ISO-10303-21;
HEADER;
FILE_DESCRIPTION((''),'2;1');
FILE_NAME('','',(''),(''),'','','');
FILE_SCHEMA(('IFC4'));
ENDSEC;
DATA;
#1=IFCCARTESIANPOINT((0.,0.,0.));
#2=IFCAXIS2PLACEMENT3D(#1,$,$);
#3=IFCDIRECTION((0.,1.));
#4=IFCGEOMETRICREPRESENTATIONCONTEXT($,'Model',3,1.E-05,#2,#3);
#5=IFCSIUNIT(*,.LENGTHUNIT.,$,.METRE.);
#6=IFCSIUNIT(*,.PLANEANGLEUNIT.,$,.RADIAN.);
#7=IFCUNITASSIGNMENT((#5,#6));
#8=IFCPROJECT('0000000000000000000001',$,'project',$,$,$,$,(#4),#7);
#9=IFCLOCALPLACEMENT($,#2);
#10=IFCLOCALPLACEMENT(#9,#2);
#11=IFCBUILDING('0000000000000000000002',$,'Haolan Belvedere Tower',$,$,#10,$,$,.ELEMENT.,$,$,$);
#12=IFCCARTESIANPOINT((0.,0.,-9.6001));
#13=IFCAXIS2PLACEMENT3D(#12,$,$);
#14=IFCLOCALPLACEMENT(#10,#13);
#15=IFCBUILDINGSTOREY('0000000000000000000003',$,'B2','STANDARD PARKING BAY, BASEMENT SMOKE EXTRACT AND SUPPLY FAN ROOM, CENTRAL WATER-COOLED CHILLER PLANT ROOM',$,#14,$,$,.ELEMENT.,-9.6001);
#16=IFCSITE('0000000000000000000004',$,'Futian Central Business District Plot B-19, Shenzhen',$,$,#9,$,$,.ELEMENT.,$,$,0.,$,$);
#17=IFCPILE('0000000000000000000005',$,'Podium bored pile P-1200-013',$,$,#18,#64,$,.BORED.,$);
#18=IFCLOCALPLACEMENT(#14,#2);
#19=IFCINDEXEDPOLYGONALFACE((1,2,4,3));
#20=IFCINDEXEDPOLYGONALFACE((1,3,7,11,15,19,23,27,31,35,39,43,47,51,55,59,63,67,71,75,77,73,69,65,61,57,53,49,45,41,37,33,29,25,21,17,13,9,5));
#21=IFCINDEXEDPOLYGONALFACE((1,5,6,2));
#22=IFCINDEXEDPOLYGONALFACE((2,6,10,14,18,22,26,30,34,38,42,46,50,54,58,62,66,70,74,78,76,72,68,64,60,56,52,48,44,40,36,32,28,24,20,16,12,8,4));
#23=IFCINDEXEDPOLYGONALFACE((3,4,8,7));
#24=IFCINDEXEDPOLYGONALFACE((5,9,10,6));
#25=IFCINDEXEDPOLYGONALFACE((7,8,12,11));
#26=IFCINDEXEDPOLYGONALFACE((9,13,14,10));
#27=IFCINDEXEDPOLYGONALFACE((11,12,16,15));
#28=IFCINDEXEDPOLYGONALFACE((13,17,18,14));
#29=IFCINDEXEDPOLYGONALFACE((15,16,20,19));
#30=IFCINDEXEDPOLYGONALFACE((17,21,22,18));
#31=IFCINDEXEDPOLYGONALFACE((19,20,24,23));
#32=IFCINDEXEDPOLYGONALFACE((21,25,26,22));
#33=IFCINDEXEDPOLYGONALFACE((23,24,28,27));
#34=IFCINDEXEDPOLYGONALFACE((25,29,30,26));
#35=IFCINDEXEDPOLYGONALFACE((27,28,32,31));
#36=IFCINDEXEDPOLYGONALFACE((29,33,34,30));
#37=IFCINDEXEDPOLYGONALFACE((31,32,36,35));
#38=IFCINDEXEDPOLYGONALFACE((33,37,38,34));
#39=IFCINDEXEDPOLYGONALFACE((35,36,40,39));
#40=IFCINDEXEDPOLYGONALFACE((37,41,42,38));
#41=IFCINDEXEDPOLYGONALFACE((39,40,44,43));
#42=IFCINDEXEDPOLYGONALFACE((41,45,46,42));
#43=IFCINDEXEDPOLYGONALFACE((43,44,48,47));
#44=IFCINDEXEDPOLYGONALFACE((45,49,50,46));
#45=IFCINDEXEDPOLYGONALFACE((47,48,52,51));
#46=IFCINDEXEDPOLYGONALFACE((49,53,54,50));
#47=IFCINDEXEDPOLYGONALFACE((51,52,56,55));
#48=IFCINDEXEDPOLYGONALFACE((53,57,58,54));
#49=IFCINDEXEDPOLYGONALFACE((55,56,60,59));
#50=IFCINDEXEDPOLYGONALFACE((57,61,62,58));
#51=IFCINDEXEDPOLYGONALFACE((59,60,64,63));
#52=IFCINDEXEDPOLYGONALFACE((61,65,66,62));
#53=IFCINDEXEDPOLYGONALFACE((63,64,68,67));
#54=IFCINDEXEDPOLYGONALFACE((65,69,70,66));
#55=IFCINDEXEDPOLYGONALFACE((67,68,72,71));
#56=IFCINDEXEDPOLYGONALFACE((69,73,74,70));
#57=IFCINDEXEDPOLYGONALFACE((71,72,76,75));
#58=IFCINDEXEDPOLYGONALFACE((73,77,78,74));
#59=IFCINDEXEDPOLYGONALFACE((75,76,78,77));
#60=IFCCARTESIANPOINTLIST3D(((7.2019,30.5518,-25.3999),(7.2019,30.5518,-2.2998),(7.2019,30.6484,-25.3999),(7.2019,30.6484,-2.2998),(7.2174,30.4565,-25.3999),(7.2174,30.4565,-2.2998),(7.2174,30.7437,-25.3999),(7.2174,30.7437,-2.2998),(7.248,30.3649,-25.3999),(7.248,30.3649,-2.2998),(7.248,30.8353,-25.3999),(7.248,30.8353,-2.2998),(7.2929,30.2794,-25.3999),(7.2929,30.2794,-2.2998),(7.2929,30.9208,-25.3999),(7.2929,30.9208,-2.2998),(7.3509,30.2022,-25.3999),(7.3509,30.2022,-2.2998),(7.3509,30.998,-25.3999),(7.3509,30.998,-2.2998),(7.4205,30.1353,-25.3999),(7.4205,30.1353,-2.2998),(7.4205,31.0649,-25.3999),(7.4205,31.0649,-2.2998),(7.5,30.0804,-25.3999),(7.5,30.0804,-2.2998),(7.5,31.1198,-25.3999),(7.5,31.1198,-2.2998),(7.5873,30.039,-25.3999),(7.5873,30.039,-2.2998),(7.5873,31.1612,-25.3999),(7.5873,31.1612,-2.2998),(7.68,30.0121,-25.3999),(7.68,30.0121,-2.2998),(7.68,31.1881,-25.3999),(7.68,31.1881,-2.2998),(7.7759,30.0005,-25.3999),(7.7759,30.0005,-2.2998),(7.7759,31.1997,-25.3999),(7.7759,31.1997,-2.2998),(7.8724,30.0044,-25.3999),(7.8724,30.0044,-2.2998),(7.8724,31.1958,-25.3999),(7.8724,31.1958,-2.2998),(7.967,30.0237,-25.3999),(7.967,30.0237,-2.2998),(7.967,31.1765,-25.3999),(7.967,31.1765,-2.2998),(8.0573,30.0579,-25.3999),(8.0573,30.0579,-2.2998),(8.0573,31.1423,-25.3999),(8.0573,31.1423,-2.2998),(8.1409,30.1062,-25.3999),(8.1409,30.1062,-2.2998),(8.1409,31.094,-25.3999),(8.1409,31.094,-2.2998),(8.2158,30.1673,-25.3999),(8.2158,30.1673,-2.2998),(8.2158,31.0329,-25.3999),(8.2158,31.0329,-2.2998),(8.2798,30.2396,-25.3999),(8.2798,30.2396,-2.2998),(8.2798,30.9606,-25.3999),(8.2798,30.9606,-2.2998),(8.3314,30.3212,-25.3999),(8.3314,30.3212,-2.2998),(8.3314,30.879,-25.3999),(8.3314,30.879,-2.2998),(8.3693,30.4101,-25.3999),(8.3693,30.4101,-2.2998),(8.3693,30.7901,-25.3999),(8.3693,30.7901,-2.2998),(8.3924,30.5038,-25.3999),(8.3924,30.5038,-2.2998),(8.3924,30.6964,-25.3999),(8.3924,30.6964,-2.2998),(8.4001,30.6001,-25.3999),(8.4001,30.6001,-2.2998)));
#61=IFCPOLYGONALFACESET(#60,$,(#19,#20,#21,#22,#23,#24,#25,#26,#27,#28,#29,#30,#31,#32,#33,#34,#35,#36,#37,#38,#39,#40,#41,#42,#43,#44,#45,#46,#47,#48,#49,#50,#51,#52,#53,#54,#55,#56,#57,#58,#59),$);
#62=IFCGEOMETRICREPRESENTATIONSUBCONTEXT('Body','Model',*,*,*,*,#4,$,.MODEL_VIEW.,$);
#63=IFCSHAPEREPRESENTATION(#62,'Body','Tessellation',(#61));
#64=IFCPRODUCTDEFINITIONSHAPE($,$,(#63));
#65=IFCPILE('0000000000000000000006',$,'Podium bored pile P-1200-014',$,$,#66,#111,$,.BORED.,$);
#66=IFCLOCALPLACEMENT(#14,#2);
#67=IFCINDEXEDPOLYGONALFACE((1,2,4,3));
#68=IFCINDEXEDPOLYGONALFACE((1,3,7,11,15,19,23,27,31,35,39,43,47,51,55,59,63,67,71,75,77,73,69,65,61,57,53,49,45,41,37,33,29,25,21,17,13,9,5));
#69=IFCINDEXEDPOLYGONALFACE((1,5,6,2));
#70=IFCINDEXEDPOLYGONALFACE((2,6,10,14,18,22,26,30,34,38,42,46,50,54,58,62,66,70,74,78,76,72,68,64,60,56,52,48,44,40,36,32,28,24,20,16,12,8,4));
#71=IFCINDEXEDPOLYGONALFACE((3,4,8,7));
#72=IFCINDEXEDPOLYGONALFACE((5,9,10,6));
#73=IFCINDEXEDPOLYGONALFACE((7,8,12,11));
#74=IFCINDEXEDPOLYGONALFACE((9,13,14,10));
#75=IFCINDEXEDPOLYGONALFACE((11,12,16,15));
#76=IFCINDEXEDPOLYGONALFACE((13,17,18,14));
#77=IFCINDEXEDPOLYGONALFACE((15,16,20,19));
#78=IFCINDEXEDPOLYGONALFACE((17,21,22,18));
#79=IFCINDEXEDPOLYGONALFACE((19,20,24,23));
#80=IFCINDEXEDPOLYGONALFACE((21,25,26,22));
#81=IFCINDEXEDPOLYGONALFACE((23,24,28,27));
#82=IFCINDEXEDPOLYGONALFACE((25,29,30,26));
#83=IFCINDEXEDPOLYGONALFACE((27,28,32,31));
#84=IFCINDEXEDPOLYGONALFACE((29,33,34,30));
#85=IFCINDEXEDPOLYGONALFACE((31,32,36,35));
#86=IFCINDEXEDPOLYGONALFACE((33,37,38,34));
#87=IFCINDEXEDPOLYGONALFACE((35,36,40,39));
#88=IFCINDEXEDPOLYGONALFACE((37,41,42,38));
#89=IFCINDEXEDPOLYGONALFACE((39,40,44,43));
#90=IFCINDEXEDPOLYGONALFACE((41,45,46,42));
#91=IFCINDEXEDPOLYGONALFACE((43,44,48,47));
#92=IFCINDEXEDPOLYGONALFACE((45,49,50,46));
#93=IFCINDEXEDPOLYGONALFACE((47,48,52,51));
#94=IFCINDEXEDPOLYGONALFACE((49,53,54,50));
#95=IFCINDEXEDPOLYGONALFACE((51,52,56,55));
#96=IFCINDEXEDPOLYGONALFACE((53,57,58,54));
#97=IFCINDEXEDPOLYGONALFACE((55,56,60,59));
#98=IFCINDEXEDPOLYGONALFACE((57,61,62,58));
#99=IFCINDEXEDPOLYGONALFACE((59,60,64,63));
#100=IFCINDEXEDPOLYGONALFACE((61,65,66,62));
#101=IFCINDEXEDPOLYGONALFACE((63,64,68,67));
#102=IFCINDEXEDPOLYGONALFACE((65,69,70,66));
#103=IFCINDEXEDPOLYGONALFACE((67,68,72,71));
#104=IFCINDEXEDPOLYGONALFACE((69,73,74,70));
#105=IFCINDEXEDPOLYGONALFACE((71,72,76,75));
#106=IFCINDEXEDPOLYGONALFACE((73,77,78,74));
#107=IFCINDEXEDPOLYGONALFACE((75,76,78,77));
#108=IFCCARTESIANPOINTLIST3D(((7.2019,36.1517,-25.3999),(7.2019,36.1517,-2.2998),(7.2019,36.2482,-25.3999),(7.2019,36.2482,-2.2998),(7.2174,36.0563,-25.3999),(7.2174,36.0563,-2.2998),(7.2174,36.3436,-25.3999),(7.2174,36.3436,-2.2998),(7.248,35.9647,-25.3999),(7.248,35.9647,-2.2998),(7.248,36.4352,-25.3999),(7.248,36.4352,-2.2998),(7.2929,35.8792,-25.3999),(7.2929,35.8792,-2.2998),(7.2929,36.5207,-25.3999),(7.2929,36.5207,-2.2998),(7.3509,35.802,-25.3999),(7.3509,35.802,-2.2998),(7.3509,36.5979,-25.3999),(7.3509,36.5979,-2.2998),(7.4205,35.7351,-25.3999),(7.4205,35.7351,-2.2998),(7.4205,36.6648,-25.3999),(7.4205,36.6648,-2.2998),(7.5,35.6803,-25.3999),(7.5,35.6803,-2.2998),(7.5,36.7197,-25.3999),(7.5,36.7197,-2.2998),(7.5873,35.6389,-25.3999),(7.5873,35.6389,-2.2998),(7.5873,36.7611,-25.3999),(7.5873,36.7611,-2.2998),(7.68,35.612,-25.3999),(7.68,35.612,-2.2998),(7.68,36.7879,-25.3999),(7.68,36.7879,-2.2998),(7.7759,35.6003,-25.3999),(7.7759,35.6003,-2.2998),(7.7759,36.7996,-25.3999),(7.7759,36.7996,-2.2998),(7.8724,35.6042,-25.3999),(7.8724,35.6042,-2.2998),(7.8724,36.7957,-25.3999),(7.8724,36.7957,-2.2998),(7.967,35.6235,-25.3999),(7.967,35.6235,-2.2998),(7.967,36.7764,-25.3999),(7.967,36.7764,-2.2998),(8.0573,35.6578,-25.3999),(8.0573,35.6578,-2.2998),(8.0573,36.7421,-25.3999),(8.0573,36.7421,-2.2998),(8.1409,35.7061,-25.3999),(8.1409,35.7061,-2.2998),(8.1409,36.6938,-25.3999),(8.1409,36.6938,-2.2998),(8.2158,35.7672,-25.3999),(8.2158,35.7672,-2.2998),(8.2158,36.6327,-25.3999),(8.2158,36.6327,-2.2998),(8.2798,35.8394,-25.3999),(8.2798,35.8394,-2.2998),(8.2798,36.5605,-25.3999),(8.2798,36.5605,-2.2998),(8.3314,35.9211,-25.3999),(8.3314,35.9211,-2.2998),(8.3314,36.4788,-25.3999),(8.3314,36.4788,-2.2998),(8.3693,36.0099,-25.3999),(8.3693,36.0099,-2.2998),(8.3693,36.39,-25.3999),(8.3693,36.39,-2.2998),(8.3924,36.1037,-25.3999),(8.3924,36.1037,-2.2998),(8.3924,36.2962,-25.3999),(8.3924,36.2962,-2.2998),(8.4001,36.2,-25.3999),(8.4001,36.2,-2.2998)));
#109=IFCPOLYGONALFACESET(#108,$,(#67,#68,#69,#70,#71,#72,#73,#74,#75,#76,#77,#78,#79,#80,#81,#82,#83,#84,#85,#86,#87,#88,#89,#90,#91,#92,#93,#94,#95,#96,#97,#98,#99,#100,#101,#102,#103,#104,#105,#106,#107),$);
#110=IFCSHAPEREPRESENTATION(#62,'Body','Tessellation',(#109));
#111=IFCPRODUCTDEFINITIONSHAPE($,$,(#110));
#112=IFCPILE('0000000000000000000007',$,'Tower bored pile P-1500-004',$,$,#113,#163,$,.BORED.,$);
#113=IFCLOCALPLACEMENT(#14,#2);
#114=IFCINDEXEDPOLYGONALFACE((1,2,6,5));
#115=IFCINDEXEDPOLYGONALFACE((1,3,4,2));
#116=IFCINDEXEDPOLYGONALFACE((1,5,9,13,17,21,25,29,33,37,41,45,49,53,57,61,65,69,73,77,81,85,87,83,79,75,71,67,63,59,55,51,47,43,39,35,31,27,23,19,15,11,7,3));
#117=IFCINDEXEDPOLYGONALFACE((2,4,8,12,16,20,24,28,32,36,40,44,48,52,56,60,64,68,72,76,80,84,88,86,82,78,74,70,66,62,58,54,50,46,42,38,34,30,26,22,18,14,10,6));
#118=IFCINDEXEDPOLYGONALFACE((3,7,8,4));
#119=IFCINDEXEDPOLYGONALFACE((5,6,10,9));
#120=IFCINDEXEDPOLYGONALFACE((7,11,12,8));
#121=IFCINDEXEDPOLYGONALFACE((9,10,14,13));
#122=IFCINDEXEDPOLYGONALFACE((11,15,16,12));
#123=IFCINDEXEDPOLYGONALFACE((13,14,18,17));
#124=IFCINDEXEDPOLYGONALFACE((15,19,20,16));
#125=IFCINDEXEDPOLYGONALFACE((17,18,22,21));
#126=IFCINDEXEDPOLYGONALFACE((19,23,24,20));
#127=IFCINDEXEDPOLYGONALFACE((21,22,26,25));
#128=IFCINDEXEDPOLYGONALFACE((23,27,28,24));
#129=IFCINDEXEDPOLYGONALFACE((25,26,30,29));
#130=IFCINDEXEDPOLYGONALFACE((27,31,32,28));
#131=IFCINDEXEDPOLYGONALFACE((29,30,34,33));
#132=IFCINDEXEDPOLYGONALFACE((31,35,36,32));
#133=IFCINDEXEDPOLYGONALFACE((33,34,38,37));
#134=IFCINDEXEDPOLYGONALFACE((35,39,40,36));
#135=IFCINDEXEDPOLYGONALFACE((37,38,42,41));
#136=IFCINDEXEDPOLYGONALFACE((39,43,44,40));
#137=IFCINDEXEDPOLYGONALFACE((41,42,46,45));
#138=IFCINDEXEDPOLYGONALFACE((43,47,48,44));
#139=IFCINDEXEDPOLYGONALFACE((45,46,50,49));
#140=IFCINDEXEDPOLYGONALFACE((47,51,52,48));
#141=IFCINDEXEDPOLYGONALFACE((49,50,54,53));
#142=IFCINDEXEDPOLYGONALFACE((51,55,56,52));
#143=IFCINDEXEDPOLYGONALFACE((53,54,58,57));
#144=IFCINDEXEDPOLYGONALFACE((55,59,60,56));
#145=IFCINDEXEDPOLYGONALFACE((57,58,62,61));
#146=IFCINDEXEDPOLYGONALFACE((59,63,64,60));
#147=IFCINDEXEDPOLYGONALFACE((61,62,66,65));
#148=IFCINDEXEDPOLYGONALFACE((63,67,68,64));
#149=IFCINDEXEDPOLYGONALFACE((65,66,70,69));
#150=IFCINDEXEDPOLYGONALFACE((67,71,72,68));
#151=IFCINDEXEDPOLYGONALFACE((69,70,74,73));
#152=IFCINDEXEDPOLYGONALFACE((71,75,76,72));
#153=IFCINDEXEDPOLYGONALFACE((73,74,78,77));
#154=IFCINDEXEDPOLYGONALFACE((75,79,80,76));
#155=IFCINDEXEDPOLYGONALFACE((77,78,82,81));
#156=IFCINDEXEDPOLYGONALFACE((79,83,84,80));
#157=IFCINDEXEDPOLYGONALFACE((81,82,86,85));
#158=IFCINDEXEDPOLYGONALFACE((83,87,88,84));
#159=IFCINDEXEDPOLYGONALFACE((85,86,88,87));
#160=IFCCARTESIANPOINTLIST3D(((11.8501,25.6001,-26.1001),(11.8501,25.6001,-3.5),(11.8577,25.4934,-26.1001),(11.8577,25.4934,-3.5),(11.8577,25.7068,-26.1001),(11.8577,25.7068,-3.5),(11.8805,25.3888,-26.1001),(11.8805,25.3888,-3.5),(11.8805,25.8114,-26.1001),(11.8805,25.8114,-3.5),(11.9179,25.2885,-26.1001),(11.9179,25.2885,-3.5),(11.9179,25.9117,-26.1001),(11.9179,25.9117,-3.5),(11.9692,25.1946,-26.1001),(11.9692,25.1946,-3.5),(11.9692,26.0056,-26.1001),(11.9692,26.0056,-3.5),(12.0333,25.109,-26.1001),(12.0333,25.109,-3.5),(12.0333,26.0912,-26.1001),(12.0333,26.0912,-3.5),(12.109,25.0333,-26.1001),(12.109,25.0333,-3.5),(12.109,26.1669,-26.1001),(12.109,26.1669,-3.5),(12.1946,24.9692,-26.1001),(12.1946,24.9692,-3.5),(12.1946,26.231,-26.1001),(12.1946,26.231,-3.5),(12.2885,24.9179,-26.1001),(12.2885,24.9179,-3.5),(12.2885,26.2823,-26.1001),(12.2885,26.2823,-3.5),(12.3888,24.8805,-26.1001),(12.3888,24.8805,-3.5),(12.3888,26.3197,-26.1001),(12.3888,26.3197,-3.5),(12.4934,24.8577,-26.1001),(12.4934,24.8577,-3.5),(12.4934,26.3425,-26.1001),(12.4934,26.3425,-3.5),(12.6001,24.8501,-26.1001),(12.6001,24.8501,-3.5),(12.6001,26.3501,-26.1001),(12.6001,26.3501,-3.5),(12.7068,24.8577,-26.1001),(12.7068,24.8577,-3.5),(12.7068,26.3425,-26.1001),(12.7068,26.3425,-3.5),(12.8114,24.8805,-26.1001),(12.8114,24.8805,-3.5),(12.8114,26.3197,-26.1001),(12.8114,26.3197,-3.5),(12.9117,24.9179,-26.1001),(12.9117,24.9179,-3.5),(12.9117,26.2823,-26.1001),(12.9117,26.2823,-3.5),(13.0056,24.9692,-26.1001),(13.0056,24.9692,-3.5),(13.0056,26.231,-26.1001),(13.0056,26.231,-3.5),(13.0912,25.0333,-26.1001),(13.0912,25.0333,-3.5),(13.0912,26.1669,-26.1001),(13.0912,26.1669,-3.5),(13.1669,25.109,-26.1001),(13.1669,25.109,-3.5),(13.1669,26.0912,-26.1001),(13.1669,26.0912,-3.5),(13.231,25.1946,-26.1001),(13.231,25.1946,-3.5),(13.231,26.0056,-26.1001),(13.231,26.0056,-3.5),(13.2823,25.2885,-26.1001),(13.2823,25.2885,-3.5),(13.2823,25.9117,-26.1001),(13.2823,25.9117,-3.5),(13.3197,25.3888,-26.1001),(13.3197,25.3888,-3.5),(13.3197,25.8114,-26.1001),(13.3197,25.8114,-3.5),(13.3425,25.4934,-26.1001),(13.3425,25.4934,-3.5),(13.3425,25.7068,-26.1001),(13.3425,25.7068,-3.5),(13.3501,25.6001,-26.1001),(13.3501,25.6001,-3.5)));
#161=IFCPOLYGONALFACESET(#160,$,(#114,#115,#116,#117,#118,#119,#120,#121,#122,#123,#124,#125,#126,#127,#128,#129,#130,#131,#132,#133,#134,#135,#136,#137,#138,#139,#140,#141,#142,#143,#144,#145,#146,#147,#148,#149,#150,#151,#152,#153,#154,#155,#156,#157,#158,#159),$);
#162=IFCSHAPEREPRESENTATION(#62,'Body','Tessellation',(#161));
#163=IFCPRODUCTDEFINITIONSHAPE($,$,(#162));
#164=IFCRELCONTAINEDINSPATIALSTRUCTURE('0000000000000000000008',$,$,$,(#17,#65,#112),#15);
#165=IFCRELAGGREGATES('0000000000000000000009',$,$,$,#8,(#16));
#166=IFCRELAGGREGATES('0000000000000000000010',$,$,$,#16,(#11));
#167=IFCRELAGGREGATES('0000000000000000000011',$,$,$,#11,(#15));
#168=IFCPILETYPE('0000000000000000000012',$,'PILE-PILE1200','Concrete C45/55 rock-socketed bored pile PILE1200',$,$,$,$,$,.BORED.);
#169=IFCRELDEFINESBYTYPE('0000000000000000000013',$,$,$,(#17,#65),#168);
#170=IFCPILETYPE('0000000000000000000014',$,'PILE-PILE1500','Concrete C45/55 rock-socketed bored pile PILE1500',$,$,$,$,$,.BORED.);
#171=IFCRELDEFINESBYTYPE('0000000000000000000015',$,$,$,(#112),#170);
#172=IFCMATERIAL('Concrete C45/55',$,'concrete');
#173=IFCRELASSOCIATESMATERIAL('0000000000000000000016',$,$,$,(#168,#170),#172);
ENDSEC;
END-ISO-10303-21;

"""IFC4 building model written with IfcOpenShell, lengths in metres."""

from ifc_helpers import new_model, si_unit, direction, frame, origin, origin_2d, place, context, subcontext, project, spatial, circle, extrude, material, material_profile, profile_set, type_object, element, save


model = new_model("IFC4")

# Units and contexts
model_context = context("Model", 3, precision=1e-05, world=origin(), true_north=direction((0.0, 1.0)))
body_context = subcontext(model_context, "Body", "Model", "MODEL_VIEW")
ifc_project = project(units=[si_unit("LENGTHUNIT", "METRE"), si_unit("PLANEANGLEUNIT", "RADIAN")], contexts=[model_context])

# Site, building, storey
site_placement = place(None, origin())
site = spatial("IfcSite", under=ifc_project, at=site_placement, Name="Futian Central Business District Plot B-19, Shenzhen", CompositionType="ELEMENT", RefElevation=0.0)
building_placement = place(site_placement, origin())
building = spatial("IfcBuilding", under=site, at=building_placement, Name="Haolan Belvedere Tower", CompositionType="ELEMENT")
storey_placement = place(building_placement, frame((0.0, 0.0, -9.6001)))
storey = spatial("IfcBuildingStorey", under=building, at=storey_placement, Name="B2", Description="STANDARD PARKING BAY, BASEMENT SMOKE EXTRACT AND SUPPLY FAN ROOM, CENTRAL WATER-COOLED CHILLER PLANT ROOM", CompositionType="ELEMENT", Elevation=-9.6001)

# Piles
ifc_material_1 = material(Name="Concrete C45/55", Category="concrete")
ifc_material_profile_1 = material_profile(ifc_material_1, circle(Radius=0.6001, at=origin_2d()), Name="Concrete C45/55")
ifc_profile_set_1 = profile_set([ifc_material_profile_1], Name="Concrete C45/55")
pile_type_1 = type_object("IfcPileType", Name="PILE-PILE1200", Description="Concrete C45/55 rock-socketed bored pile PILE1200", PredefinedType="BORED", material=ifc_profile_set_1)
for number, where, z_axis, x_axis, name in (
    (1, (7.8, 30.6001, -2.2998), (0.0, 0.0, -1.0), (1.0, 0.0, 0.0), "Podium bored pile P-1200-013"),
    (2, (7.8, 36.2, -2.2998), (0.0, 0.0, -1.0), (1.0, 0.0, 0.0), "Podium bored pile P-1200-014"),
):
    element("IfcPile", number, at=place(storey_placement, frame(where, z_axis=z_axis, x_axis=x_axis)), inside=storey, type_object=pile_type_1, Name=name, PredefinedType="BORED", context=body_context, shape_type="SweptSolid", body=[
        extrude(circle(Radius=0.6001, at=origin_2d()), origin(), (0.0, 0.0, 1.0), 23.1001),
    ])
ifc_material_profile_2 = material_profile(ifc_material_1, circle(Radius=0.75, at=origin_2d()), Name="Concrete C45/55")
ifc_profile_set_2 = profile_set([ifc_material_profile_2], Name="Concrete C45/55")
pile_type_2 = type_object("IfcPileType", Name="PILE-PILE1500", Description="Concrete C45/55 rock-socketed bored pile PILE1500", PredefinedType="BORED", material=ifc_profile_set_2)
for number, where, z_axis, x_axis, name in (
    (3, (12.6001, 25.6001, -3.5), (0.0, 0.0, -1.0), (1.0, 0.0, 0.0), "Tower bored pile P-1500-004"),
):
    element("IfcPile", number, at=place(storey_placement, frame(where, z_axis=z_axis, x_axis=x_axis)), inside=storey, type_object=pile_type_2, Name=name, PredefinedType="BORED", context=body_context, shape_type="SweptSolid", body=[
        extrude(circle(Radius=0.75, at=origin_2d()), origin(), (0.0, 0.0, 1.0), 22.6001),
    ])

save(model, "model.ifc")
